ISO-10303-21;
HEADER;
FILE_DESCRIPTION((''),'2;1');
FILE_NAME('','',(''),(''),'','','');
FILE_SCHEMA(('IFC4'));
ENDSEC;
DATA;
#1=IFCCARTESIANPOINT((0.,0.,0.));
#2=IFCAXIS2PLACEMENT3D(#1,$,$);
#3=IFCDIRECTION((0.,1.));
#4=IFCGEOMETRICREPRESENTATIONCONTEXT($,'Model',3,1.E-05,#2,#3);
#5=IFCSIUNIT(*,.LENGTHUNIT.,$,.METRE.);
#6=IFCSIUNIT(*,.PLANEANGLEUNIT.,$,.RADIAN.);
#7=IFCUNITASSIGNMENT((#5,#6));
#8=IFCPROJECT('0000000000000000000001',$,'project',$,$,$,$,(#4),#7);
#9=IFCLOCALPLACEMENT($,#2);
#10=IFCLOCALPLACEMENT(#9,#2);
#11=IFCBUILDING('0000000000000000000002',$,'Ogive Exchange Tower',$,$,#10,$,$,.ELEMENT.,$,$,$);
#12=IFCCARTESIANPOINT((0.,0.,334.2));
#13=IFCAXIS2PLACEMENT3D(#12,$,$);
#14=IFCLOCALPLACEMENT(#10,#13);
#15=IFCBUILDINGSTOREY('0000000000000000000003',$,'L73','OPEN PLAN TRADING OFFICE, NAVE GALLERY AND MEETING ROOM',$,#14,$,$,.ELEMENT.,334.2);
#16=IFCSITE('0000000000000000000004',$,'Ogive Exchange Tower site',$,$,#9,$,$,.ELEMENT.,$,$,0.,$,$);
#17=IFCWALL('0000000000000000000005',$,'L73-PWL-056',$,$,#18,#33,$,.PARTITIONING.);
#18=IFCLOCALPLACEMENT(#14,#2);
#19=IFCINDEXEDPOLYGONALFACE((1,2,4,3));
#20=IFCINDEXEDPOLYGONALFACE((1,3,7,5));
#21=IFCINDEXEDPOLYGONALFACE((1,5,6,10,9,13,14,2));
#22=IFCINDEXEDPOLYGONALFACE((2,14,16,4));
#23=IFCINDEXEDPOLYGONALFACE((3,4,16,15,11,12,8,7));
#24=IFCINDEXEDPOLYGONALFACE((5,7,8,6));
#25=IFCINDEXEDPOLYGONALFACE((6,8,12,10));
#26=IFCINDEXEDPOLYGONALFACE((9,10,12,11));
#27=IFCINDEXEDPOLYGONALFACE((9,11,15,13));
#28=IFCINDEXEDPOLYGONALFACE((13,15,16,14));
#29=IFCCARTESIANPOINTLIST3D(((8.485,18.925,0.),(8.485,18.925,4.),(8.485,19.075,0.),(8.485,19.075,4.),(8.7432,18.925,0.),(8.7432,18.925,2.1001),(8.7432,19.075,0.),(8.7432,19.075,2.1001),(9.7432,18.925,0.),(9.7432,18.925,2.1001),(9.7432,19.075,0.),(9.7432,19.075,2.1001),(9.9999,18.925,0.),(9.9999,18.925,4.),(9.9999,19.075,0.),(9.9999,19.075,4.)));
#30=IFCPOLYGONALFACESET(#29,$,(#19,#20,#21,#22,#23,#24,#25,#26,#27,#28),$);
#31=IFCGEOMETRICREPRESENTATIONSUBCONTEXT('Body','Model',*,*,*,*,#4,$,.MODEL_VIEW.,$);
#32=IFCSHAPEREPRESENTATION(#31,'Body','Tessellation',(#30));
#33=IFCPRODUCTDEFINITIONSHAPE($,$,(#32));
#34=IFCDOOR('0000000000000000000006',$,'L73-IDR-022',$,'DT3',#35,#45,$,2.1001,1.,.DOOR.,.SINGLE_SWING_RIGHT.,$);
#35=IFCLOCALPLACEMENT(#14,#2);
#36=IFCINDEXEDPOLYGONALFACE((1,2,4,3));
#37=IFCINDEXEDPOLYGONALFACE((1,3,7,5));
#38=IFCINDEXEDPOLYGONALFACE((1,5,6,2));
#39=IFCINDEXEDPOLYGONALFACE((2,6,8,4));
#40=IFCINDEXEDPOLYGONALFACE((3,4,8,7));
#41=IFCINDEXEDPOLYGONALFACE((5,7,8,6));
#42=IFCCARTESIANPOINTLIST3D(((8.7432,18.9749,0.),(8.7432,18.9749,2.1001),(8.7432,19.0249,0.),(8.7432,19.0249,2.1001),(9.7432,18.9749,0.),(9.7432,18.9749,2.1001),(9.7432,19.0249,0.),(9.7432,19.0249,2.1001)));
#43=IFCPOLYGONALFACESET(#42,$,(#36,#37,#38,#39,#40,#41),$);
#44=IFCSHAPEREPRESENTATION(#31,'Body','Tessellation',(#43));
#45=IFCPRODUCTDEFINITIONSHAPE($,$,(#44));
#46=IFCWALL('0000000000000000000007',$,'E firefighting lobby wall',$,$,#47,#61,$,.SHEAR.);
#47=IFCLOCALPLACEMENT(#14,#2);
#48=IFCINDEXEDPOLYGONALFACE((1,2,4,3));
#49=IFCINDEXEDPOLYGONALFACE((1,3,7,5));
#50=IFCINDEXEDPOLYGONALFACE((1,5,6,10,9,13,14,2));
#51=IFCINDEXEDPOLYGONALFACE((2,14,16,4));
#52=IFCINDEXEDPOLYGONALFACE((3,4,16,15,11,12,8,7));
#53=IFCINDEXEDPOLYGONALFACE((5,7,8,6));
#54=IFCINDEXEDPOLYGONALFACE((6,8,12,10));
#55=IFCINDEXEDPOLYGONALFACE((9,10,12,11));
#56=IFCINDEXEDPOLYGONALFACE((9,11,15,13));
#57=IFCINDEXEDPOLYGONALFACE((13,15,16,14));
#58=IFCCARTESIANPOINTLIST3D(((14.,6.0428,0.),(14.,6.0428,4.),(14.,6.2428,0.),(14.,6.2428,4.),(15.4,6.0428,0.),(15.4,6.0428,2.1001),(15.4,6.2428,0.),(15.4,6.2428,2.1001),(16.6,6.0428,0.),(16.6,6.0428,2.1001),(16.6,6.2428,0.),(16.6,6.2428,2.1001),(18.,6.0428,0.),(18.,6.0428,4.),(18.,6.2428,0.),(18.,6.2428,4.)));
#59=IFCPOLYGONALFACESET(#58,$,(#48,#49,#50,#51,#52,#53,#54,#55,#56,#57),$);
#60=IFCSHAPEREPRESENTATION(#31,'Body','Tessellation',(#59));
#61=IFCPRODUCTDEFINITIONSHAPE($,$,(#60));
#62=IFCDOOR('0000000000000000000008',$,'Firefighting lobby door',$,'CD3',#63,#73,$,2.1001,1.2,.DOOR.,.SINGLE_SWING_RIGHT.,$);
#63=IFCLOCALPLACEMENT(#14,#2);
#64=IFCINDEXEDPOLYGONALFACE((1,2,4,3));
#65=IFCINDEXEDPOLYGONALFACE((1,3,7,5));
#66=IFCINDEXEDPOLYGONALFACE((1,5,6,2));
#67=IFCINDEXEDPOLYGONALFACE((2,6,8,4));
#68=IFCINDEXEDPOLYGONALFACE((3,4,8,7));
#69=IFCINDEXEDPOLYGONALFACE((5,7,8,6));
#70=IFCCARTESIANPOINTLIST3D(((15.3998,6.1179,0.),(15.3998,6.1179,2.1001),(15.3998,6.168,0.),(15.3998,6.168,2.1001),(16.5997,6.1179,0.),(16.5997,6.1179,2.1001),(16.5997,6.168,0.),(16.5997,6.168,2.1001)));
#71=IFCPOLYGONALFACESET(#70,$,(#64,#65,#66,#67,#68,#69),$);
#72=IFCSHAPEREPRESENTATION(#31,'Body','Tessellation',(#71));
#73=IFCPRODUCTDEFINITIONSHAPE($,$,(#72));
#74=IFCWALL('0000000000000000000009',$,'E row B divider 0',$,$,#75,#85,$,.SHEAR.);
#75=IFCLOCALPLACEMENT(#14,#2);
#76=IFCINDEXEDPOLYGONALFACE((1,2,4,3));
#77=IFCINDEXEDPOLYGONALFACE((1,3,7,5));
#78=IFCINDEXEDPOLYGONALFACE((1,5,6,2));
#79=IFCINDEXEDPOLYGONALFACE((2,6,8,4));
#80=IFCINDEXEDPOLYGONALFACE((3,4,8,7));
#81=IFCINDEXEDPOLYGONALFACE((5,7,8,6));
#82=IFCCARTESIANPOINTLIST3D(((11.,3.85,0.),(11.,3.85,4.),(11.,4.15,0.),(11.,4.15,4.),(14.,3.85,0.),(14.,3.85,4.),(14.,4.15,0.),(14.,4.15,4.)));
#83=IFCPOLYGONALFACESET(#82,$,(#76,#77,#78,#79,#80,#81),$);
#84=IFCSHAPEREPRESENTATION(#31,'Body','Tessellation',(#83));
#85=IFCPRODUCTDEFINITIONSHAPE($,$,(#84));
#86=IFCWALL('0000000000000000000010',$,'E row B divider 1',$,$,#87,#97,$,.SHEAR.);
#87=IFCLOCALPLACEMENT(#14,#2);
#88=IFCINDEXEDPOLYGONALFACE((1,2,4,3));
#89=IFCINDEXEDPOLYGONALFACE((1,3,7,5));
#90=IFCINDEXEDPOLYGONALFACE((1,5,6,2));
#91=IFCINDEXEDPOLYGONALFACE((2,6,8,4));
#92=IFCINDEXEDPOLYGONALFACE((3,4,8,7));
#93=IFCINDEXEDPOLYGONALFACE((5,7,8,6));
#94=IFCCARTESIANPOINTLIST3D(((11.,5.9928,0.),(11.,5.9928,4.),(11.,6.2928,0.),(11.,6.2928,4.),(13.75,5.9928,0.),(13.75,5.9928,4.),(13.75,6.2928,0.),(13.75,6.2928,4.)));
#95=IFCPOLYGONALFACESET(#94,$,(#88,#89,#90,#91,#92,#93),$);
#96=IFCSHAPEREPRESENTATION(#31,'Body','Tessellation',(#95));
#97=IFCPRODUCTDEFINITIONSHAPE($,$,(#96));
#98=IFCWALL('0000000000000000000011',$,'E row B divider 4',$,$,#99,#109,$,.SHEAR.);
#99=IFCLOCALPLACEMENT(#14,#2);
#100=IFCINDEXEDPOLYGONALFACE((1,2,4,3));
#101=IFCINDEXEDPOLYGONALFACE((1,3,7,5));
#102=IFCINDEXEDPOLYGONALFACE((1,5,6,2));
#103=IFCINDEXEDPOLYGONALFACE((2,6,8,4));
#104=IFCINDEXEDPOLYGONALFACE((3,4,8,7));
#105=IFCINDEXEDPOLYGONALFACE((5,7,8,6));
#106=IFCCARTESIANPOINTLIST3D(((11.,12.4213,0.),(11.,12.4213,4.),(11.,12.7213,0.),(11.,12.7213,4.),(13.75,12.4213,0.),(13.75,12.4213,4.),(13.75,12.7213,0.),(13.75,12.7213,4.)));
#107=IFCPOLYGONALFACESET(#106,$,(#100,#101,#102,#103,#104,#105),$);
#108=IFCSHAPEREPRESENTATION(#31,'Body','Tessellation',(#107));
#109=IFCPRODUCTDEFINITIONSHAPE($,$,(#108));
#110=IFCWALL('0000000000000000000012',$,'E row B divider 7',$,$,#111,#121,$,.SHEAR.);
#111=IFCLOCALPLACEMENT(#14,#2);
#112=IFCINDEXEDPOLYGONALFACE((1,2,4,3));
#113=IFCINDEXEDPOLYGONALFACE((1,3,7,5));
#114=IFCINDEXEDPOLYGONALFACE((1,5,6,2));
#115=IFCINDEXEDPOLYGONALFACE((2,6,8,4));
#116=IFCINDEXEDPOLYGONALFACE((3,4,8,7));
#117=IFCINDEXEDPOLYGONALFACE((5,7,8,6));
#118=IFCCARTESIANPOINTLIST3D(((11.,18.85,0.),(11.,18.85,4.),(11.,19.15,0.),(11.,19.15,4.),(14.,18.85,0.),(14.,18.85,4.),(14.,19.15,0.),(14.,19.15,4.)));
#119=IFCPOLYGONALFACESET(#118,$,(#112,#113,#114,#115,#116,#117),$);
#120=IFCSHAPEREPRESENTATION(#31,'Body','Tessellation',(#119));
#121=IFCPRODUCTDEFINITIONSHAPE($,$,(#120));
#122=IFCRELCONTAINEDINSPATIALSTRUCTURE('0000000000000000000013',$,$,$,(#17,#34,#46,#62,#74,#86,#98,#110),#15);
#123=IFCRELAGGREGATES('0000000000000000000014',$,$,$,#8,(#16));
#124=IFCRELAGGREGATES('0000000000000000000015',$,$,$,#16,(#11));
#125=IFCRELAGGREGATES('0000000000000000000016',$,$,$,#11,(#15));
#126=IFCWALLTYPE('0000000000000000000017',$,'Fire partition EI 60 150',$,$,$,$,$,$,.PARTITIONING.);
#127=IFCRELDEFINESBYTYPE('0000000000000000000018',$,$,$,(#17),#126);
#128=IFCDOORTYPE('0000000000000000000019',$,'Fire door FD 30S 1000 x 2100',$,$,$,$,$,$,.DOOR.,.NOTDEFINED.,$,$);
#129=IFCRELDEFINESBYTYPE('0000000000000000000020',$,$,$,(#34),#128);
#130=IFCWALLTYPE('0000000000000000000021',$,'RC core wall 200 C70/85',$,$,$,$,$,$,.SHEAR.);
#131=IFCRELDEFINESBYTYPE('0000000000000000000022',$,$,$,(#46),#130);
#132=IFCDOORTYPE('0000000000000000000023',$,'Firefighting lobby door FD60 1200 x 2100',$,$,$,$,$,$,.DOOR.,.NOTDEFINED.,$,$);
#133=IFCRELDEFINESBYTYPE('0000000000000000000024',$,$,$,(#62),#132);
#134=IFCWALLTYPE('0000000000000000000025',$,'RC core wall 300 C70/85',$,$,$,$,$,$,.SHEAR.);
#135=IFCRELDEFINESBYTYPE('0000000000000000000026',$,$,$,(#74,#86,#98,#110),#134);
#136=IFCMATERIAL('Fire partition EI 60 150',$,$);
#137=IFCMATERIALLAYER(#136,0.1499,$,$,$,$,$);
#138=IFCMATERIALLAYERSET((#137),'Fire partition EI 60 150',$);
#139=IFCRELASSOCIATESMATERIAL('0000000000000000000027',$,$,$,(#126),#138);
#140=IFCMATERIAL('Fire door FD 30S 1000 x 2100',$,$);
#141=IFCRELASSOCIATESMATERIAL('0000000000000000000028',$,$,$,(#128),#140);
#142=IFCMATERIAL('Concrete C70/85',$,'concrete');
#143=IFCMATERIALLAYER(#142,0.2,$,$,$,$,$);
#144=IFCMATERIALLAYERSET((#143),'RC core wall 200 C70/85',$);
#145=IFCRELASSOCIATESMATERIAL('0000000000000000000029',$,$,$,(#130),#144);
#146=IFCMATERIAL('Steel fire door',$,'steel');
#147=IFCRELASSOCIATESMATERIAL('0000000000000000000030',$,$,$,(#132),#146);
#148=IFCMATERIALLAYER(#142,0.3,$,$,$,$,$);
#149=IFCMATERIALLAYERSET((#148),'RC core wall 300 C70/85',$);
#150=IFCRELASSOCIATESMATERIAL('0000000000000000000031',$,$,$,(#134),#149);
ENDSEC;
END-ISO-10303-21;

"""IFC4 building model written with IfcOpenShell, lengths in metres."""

from ifc_helpers import new_model, si_unit, direction, frame, frame_2d, origin, place, context, subcontext, project, spatial, rectangle, extrude, material, layer, layer_set, type_object, element, fill, save


model = new_model("IFC4")

# Units and contexts
model_context = context("Model", 3, precision=1e-05, world=origin(), true_north=direction((0.0, 1.0)))
body_context = subcontext(model_context, "Body", "Model", "MODEL_VIEW")
ifc_project = project(units=[si_unit("LENGTHUNIT", "METRE"), si_unit("PLANEANGLEUNIT", "RADIAN")], contexts=[model_context])

# Site, building, storey
site_placement = place(None, origin())
site = spatial("IfcSite", under=ifc_project, at=site_placement, Name="Ogive Exchange Tower site", CompositionType="ELEMENT", RefElevation=0.0)
building_placement = place(site_placement, origin())
building = spatial("IfcBuilding", under=site, at=building_placement, Name="Ogive Exchange Tower", CompositionType="ELEMENT")
storey_placement = place(building_placement, frame((0.0, 0.0, 334.2)))
storey = spatial("IfcBuildingStorey", under=building, at=storey_placement, Name="L73", Description="OPEN PLAN TRADING OFFICE, NAVE GALLERY AND MEETING ROOM", CompositionType="ELEMENT", Elevation=334.2)

# Shared definitions
ifc_material_1 = material(Name="Fire partition EI 60 150")
ifc_layer_1 = layer(ifc_material_1, 0.1499)
ifc_layer_set_1 = layer_set([ifc_layer_1], Name="Fire partition EI 60 150")
wall_type_1 = type_object("IfcWallType", Name="Fire partition EI 60 150", PredefinedType="PARTITIONING", material=ifc_layer_set_1)

# Walls, openings, doors
wall_1_placement = place(storey_placement, frame((8.4851, 19.0, 0.0), z_axis=(0.0, 0.0, 1.0), x_axis=(1.0, 0.0, 0.0)))
wall_1 = element("IfcWall", 1, at=wall_1_placement, inside=storey, type_object=wall_type_1, Name="L73-PWL-056", PredefinedType="PARTITIONING", context=body_context, shape_type="SweptSolid", body=[
    extrude(rectangle(XDim=1.5149, YDim=0.1499, at=frame_2d((0.7573, 0.0))), origin(), (0.0, 0.0, 1.0), 4.0),
])
opening_1_placement = place(wall_1_placement, frame((0.2581, 0.0, 0.0)))
opening_1 = element("IfcOpeningElement", 2, at=opening_1_placement, cuts=wall_1, PredefinedType="OPENING", context=body_context, shape_type="SweptSolid", body=[
    extrude(rectangle(XDim=1.0, YDim=2.1001, at=frame_2d((0.5, 1.05))), frame((0.0, 0.085, 0.0), z_axis=(0.0, -1.0, 0.0), x_axis=(1.0, 0.0, 0.0)), (0.0, 0.0, 1.0), 0.1699),
])
ifc_material_2 = material(Name="Fire door FD 30S 1000 x 2100")
door_type_1 = type_object("IfcDoorType", Name="Fire door FD 30S 1000 x 2100", OperationType="NOTDEFINED", PredefinedType="DOOR", material=ifc_material_2)
door_1_placement = place(opening_1_placement, origin())
door_1 = element("IfcDoor", 3, at=door_1_placement, inside=storey, type_object=door_type_1, Name="L73-IDR-022", ObjectType="DT3", OperationType="SINGLE_SWING_RIGHT", OverallHeight=2.1001, OverallWidth=1.0, PredefinedType="DOOR", context=body_context, shape_type="SweptSolid", body=[
    extrude(rectangle(XDim=1.0, YDim=2.1001, at=frame_2d((0.5, 1.05))), frame((0.0, 0.0249, 0.0), z_axis=(0.0, -1.0, 0.0), x_axis=(1.0, 0.0, 0.0)), (0.0, 0.0, 1.0), 0.05),
])
fill(opening_1, door_1)
ifc_material_3 = material(Name="Concrete C70/85", Category="concrete")
ifc_layer_2 = layer(ifc_material_3, 0.2)
ifc_layer_set_2 = layer_set([ifc_layer_2], Name="RC core wall 200 C70/85")
wall_type_2 = type_object("IfcWallType", Name="RC core wall 200 C70/85", PredefinedType="SHEAR", material=ifc_layer_set_2)
wall_2_placement = place(storey_placement, frame((14.0, 6.1428, 0.0), z_axis=(0.0, 0.0, 1.0), x_axis=(1.0, 0.0, 0.0)))
wall_2 = element("IfcWall", 4, at=wall_2_placement, inside=storey, type_object=wall_type_2, Name="E firefighting lobby wall", PredefinedType="SHEAR", context=body_context, shape_type="SweptSolid", body=[
    extrude(rectangle(XDim=4.0, YDim=0.2, at=frame_2d((2.0, 0.0))), origin(), (0.0, 0.0, 1.0), 4.0),
])
opening_2_placement = place(wall_2_placement, frame((1.3999, 0.0, 0.0)))
opening_2 = element("IfcOpeningElement", 5, at=opening_2_placement, cuts=wall_2, PredefinedType="OPENING", context=body_context, shape_type="SweptSolid", body=[
    extrude(rectangle(XDim=1.2, YDim=2.1001, at=frame_2d((0.6001, 1.05))), frame((0.0, 0.1099, 0.0), z_axis=(0.0, -1.0, 0.0), x_axis=(1.0, 0.0, 0.0)), (0.0, 0.0, 1.0), 0.22),
])
ifc_material_4 = material(Name="Steel fire door", Category="steel")
door_type_2 = type_object("IfcDoorType", Name="Firefighting lobby door FD60 1200 x 2100", OperationType="NOTDEFINED", PredefinedType="DOOR", material=ifc_material_4)
door_2_placement = place(opening_2_placement, frame((1.2, 0.0, 0.0), z_axis=(0.0, 0.0, 1.0), x_axis=(-1.0, 0.0, 0.0)))
door_2 = element("IfcDoor", 6, at=door_2_placement, inside=storey, type_object=door_type_2, Name="Firefighting lobby door", ObjectType="CD3", OperationType="SINGLE_SWING_RIGHT", OverallHeight=2.1001, OverallWidth=1.2, PredefinedType="DOOR", context=body_context, shape_type="SweptSolid", body=[
    extrude(rectangle(XDim=1.2, YDim=2.1001, at=frame_2d((0.6001, 1.05))), frame((0.0, 0.0249, 0.0), z_axis=(0.0, -1.0, 0.0), x_axis=(1.0, 0.0, 0.0)), (0.0, 0.0, 1.0), 0.05),
])
fill(opening_2, door_2)

# Walls
ifc_layer_3 = layer(ifc_material_3, 0.3)
ifc_layer_set_3 = layer_set([ifc_layer_3], Name="RC core wall 300 C70/85")
wall_type_3 = type_object("IfcWallType", Name="RC core wall 300 C70/85", PredefinedType="SHEAR", material=ifc_layer_set_3)
wall_3_placement = place(storey_placement, frame((11.0, 4.0, 0.0), z_axis=(0.0, 0.0, 1.0), x_axis=(1.0, 0.0, 0.0)))
element("IfcWall", 7, at=wall_3_placement, inside=storey, type_object=wall_type_3, Name="E row B divider 0", PredefinedType="SHEAR", context=body_context, shape_type="SweptSolid", body=[
    extrude(rectangle(XDim=3.0, YDim=0.3, at=frame_2d((1.5, 0.0))), origin(), (0.0, 0.0, 1.0), 4.0),
])
for number, where, z_axis, x_axis, name in (
    (8, (11.0, 6.1428, 0.0), (0.0, 0.0, 1.0), (1.0, 0.0, 0.0), "E row B divider 1"),
    (9, (11.0, 12.5713, 0.0), (0.0, 0.0, 1.0), (1.0, 0.0, 0.0), "E row B divider 4"),
):
    element("IfcWall", number, at=place(storey_placement, frame(where, z_axis=z_axis, x_axis=x_axis)), inside=storey, type_object=wall_type_3, Name=name, PredefinedType="SHEAR", context=body_context, shape_type="SweptSolid", body=[
        extrude(rectangle(XDim=2.75, YDim=0.3, at=frame_2d((1.375, 0.0))), origin(), (0.0, 0.0, 1.0), 4.0),
    ])
wall_4_placement = place(storey_placement, frame((11.0, 19.0, 0.0), z_axis=(0.0, 0.0, 1.0), x_axis=(1.0, 0.0, 0.0)))
element("IfcWall", 10, at=wall_4_placement, inside=storey, type_object=wall_type_3, Name="E row B divider 7", PredefinedType="SHEAR", context=body_context, shape_type="SweptSolid", body=[
    extrude(rectangle(XDim=3.0, YDim=0.3, at=frame_2d((1.5, 0.0))), origin(), (0.0, 0.0, 1.0), 4.0),
])

save(model, "model.ifc")
